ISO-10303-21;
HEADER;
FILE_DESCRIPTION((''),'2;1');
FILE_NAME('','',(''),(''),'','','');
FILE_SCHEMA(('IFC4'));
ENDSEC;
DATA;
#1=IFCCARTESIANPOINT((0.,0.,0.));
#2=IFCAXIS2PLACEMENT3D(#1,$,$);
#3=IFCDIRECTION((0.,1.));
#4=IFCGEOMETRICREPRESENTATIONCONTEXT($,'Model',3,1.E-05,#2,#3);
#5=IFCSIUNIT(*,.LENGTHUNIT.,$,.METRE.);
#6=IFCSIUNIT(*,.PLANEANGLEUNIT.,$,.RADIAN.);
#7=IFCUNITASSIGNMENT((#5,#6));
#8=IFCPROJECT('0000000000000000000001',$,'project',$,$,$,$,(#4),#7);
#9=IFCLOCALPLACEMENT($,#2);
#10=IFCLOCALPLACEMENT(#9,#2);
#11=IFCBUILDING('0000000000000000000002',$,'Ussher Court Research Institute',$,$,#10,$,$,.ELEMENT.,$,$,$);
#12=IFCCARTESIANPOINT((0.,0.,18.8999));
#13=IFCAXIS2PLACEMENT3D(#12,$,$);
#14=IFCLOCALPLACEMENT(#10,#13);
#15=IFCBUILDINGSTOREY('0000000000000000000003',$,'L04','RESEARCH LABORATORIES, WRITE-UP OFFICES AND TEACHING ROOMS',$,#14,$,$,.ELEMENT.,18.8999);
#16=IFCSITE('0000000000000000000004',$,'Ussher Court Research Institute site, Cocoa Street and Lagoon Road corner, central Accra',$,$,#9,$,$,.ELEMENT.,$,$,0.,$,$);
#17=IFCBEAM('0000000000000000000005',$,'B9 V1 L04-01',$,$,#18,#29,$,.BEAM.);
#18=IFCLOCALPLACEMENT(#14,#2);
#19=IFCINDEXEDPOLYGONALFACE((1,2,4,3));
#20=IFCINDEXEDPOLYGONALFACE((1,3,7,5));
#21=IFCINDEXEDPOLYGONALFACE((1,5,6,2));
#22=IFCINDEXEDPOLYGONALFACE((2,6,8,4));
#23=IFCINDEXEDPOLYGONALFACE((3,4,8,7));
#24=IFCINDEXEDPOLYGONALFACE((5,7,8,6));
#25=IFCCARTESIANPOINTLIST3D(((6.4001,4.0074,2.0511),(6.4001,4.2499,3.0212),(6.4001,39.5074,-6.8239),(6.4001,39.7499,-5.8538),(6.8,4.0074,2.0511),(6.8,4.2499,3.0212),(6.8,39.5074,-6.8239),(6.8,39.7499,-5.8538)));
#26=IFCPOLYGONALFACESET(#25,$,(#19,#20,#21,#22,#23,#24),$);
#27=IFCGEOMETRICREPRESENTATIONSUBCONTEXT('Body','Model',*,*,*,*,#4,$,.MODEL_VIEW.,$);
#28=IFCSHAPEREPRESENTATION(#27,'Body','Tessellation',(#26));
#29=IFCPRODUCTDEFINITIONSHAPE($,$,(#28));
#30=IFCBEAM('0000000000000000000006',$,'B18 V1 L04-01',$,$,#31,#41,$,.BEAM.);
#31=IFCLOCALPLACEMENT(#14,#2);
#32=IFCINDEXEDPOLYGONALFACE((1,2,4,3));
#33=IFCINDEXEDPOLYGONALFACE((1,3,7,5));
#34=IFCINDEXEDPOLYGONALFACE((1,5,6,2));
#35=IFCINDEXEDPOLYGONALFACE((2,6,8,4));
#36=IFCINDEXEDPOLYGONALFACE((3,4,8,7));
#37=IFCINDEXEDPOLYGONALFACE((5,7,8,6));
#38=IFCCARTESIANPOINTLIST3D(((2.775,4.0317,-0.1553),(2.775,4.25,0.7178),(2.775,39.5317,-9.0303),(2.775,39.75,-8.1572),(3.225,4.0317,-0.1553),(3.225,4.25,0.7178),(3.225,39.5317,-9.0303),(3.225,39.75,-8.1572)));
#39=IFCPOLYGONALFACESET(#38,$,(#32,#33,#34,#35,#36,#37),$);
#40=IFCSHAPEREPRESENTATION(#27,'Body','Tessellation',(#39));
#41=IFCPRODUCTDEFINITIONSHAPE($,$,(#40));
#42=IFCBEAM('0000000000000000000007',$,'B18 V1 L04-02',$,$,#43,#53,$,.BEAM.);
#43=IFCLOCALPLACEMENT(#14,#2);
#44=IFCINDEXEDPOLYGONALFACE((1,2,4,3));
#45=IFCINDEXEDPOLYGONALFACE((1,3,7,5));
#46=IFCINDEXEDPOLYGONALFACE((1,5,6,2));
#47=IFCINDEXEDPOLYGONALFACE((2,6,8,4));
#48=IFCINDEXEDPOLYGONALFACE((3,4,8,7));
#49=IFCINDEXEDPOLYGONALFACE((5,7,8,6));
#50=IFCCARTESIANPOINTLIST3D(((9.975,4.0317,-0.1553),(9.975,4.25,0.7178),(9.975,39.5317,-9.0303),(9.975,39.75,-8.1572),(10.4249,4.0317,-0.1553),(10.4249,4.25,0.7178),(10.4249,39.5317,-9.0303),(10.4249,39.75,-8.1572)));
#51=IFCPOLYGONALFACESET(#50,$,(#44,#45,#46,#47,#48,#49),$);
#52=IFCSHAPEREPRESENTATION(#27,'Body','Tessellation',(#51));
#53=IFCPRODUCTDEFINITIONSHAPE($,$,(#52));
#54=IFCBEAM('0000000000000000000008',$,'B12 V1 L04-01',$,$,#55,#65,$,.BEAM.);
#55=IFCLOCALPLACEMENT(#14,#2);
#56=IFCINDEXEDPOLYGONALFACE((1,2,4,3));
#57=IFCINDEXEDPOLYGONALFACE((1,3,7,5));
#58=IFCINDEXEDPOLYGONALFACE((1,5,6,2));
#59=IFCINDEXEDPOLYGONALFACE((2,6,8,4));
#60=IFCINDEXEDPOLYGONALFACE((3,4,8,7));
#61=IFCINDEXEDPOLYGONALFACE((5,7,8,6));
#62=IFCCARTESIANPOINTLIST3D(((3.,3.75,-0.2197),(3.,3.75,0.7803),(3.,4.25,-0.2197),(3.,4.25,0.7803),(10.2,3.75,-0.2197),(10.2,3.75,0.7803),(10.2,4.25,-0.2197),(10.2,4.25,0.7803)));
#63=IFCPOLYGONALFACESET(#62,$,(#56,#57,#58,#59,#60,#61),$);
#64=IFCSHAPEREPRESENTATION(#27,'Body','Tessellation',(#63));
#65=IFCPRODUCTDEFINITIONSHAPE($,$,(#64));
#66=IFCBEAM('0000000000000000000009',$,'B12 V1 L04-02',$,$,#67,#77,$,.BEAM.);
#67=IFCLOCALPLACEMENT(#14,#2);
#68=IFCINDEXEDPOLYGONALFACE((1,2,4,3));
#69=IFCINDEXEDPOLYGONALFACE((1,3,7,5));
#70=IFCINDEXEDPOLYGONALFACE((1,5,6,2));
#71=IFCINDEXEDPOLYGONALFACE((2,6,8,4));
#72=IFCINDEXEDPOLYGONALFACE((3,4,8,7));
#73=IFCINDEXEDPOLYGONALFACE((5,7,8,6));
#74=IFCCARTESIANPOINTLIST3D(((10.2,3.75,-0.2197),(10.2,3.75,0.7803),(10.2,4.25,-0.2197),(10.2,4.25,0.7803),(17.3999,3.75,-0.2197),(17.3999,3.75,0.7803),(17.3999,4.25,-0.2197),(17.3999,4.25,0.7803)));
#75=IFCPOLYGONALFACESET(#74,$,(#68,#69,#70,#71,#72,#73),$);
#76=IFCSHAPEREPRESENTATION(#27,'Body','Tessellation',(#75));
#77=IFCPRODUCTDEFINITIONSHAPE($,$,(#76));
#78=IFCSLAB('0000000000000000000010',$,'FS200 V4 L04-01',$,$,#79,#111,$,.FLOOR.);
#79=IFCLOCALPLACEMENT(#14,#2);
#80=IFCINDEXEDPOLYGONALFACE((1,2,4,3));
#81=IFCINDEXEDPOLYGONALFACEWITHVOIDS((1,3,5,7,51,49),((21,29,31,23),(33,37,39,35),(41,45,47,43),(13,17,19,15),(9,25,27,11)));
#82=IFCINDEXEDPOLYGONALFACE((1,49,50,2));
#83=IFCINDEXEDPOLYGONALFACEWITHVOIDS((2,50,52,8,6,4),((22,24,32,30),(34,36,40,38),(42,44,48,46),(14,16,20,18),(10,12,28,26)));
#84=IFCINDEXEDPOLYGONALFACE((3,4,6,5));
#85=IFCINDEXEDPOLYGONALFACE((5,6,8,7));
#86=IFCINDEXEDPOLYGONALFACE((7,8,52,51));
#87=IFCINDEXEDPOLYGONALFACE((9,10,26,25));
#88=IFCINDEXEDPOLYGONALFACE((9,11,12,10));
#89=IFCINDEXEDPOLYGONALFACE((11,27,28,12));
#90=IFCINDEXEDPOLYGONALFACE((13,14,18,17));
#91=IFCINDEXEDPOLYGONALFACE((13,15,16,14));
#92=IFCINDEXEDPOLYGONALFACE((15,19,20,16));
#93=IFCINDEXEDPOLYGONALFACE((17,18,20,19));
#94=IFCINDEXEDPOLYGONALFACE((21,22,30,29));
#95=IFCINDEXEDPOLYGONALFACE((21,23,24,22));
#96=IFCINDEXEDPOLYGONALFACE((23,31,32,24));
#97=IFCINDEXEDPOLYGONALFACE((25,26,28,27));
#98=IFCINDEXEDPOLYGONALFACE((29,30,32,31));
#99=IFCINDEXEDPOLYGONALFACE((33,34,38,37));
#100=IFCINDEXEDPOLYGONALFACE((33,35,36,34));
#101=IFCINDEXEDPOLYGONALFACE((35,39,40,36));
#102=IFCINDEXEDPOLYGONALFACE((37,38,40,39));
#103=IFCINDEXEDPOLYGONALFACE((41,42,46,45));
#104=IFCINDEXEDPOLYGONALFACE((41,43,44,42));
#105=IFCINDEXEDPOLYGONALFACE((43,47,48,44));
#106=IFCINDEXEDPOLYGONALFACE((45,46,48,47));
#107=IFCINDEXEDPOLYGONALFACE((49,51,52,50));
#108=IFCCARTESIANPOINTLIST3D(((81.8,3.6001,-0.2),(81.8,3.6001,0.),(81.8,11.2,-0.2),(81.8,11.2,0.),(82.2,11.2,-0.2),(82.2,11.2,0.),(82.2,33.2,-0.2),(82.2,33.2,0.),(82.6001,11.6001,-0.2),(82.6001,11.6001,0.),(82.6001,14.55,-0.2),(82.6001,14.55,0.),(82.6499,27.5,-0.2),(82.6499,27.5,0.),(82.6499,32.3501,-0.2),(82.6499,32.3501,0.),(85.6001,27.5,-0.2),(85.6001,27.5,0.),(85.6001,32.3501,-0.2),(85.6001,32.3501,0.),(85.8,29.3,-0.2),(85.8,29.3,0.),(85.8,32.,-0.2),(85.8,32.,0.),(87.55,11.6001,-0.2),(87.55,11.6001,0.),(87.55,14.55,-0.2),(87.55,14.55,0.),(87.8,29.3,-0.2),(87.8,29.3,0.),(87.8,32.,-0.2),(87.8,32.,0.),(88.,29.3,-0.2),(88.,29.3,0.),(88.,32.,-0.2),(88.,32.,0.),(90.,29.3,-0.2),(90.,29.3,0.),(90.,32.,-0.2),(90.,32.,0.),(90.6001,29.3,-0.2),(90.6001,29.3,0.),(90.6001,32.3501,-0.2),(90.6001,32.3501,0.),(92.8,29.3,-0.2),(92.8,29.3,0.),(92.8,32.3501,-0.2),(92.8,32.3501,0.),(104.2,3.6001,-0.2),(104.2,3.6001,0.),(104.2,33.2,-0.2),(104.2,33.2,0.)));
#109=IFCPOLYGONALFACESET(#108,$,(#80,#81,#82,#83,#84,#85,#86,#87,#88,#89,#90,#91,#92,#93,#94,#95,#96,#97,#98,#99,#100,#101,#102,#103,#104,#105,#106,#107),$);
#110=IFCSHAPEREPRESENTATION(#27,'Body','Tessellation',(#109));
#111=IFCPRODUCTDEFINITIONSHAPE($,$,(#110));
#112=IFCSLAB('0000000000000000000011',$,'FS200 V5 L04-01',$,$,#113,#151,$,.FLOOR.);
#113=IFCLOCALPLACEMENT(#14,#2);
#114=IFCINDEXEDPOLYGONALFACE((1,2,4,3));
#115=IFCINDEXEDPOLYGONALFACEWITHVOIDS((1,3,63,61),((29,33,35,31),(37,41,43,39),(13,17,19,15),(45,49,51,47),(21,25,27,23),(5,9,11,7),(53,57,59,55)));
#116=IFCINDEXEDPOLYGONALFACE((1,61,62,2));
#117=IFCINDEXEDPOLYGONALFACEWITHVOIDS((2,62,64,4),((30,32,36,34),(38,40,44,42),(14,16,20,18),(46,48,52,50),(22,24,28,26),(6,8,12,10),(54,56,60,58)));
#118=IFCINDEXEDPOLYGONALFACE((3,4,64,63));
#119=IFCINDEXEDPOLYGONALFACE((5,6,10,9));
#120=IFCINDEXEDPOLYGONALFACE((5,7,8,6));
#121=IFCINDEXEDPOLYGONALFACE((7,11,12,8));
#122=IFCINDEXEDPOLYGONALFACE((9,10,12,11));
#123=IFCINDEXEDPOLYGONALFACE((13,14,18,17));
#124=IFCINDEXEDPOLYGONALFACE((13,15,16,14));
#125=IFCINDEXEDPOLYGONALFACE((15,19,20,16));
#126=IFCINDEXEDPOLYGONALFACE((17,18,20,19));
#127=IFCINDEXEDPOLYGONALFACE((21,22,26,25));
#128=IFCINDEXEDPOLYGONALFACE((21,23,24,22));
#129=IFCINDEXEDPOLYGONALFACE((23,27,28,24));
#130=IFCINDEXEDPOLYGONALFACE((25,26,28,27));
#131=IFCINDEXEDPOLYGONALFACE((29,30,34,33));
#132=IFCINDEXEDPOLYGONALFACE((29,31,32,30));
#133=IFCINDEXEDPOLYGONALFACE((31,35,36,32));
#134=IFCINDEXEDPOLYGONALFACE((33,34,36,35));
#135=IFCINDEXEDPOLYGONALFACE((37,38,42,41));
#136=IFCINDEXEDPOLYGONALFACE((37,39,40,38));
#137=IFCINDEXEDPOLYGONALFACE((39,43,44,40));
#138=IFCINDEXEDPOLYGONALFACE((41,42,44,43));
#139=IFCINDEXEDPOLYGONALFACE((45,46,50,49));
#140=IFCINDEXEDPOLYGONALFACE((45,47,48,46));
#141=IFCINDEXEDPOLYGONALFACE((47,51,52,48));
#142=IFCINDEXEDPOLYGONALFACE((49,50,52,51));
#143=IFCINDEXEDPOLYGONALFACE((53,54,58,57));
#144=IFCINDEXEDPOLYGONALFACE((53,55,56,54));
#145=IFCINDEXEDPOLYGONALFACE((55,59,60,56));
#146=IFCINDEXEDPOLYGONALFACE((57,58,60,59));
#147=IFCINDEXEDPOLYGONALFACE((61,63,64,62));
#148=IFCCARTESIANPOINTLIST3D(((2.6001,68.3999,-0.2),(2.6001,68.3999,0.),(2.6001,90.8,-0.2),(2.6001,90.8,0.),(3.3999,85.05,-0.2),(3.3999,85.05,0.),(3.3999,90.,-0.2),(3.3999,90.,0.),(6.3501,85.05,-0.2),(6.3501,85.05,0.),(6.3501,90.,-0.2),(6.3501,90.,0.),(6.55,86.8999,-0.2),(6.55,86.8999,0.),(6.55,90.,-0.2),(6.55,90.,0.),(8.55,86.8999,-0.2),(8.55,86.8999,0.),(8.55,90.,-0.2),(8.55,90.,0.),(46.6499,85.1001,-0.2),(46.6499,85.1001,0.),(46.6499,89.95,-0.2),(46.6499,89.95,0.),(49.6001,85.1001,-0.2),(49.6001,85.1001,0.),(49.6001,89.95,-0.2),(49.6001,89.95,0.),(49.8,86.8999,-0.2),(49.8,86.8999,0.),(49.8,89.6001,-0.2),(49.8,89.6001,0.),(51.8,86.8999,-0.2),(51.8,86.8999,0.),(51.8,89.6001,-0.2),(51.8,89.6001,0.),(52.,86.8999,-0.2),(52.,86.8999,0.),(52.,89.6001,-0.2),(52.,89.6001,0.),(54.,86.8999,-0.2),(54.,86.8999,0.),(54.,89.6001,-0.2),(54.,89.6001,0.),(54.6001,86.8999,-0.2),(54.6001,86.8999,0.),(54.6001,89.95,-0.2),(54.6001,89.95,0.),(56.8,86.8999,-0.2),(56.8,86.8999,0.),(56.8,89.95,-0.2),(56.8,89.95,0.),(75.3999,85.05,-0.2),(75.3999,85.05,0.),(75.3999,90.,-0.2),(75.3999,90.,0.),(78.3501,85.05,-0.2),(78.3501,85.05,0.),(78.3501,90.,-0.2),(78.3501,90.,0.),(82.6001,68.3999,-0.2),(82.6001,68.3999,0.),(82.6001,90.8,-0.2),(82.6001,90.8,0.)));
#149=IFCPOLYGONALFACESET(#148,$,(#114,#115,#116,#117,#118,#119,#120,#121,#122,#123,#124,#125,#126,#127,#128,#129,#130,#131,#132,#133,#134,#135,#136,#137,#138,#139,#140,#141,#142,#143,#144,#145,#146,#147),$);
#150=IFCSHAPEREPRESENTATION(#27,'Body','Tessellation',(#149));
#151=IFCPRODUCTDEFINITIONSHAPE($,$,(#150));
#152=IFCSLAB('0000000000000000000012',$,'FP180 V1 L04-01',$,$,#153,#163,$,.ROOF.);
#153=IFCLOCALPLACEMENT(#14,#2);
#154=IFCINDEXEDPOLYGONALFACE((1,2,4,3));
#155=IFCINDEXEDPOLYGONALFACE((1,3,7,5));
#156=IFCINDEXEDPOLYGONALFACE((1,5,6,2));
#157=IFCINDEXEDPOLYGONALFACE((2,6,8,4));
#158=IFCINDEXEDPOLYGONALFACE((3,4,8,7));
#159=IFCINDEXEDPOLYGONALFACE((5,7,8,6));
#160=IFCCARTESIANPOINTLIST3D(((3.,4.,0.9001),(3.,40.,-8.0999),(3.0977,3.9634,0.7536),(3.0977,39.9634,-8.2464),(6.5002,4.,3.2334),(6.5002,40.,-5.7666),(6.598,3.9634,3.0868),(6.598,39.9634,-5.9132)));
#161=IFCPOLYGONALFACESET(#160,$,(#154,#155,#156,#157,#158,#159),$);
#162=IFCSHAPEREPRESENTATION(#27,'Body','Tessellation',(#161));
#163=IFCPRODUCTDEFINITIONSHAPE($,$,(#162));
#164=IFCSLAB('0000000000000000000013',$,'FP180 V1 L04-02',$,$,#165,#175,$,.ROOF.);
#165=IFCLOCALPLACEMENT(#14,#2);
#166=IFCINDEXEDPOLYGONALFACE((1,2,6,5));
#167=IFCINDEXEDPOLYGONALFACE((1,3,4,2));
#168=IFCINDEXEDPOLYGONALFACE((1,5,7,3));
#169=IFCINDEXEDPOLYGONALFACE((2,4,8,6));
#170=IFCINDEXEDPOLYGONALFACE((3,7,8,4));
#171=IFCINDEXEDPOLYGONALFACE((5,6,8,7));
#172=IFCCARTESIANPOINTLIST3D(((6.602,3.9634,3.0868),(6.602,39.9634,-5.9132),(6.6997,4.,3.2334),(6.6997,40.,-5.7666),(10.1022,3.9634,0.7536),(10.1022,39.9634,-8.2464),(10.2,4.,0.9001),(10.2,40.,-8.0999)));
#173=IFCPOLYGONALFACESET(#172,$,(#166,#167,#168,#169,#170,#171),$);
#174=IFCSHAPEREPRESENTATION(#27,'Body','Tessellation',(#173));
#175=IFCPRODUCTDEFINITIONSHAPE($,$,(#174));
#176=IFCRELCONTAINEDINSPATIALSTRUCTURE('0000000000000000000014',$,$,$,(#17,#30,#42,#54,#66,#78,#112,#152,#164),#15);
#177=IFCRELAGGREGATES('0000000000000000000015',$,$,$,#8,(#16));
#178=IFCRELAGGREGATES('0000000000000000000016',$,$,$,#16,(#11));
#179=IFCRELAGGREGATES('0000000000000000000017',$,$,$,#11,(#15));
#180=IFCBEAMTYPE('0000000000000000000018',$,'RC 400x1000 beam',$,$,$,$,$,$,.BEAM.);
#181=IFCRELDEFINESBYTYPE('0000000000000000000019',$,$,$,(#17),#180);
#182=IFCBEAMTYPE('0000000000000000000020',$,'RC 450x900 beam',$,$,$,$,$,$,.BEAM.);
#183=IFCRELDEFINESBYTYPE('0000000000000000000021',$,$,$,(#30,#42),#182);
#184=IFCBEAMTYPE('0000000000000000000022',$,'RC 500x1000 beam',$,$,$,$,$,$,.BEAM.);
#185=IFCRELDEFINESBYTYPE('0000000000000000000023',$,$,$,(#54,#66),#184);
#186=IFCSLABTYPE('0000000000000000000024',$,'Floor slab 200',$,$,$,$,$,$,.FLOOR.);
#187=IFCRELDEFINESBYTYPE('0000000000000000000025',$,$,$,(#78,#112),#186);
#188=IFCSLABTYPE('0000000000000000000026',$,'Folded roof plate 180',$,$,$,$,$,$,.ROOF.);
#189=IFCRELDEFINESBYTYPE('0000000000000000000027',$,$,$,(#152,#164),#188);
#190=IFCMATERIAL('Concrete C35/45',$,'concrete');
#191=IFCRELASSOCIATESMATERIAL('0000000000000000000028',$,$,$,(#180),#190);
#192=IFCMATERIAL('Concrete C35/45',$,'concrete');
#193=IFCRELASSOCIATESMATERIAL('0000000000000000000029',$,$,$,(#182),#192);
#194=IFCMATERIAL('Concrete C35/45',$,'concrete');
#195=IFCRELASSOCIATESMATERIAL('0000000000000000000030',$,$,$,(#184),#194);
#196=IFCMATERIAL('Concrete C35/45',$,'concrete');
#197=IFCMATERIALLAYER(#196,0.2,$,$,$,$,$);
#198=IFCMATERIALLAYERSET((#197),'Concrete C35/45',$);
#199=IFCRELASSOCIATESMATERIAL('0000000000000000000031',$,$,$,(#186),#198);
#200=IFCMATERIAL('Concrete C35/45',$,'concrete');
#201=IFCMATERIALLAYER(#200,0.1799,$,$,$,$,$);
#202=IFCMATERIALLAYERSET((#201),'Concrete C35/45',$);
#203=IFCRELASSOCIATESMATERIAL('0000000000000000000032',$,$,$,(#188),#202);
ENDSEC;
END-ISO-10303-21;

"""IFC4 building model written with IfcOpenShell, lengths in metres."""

from ifc_helpers import new_model, si_unit, direction, frame, origin, origin_2d, place, context, subcontext, project, spatial, polyline, rectangle, outline, extrude, material, layer, layer_set, material_profile, profile_set, type_object, element, save


model = new_model("IFC4")

# Units and contexts
model_context = context("Model", 3, precision=1e-05, world=origin(), true_north=direction((0.0, 1.0)))
body_context = subcontext(model_context, "Body", "Model", "MODEL_VIEW")
ifc_project = project(units=[si_unit("LENGTHUNIT", "METRE"), si_unit("PLANEANGLEUNIT", "RADIAN")], contexts=[model_context])

# Site, building, storey
site_placement = place(None, origin())
site = spatial("IfcSite", under=ifc_project, at=site_placement, Name="Ussher Court Research Institute site, Cocoa Street and Lagoon Road corner, central Accra", CompositionType="ELEMENT", RefElevation=0.0)
building_placement = place(site_placement, origin())
building = spatial("IfcBuilding", under=site, at=building_placement, Name="Ussher Court Research Institute", CompositionType="ELEMENT")
storey_placement = place(building_placement, frame((0.0, 0.0, 18.8999)))
storey = spatial("IfcBuildingStorey", under=building, at=storey_placement, Name="L04", Description="RESEARCH LABORATORIES, WRITE-UP OFFICES AND TEACHING ROOMS", CompositionType="ELEMENT", Elevation=18.8999)

# Beams
ifc_material_1 = material(Name="Concrete C35/45", Category="concrete")
ifc_material_profile_1 = material_profile(ifc_material_1, rectangle(XDim=0.3999, YDim=1.0, at=origin_2d()), Name="RC 400x1000")
ifc_profile_set_1 = profile_set([ifc_material_profile_1], Name="Concrete C35/45")
beam_type_1 = type_object("IfcBeamType", Name="RC 400x1000 beam", PredefinedType="BEAM", material=ifc_profile_set_1)
beam_placement = place(storey_placement, frame((6.6001, 4.1287, 2.5361), z_axis=(0.0, 0.970143, -0.242536), x_axis=(-1.0, 0.0, 0.0)))
element("IfcBeam", 1, at=beam_placement, inside=storey, type_object=beam_type_1, Name="B9 V1 L04-01", PredefinedType="BEAM", context=body_context, shape_type="SweptSolid", body=[
    extrude(rectangle(XDim=0.3999, YDim=1.0, at=origin_2d()), origin(), (0.0, 0.0, 1.0), 36.5925),
])
ifc_material_2 = material(Name="Concrete C35/45", Category="concrete")
ifc_material_profile_2 = material_profile(ifc_material_2, rectangle(XDim=0.45, YDim=0.8999, at=origin_2d()), Name="RC 450x900")
ifc_profile_set_2 = profile_set([ifc_material_profile_2], Name="Concrete C35/45")
beam_type_2 = type_object("IfcBeamType", Name="RC 450x900 beam", PredefinedType="BEAM", material=ifc_profile_set_2)
for number, where, z_axis, x_axis, name in (
    (2, (3.0, 4.1409, 0.2812), (0.0, 0.970143, -0.242536), (-1.0, 0.0, 0.0), "B18 V1 L04-01"),
    (3, (10.2, 4.1409, 0.2812), (0.0, 0.970143, -0.242536), (-1.0, 0.0, 0.0), "B18 V1 L04-02"),
):
    element("IfcBeam", number, at=place(storey_placement, frame(where, z_axis=z_axis, x_axis=x_axis)), inside=storey, type_object=beam_type_2, Name=name, PredefinedType="BEAM", context=body_context, shape_type="SweptSolid", body=[
        extrude(rectangle(XDim=0.45, YDim=0.8999, at=origin_2d()), origin(), (0.0, 0.0, 1.0), 36.5925),
    ])
ifc_material_3 = material(Name="Concrete C35/45", Category="concrete")
ifc_material_profile_3 = material_profile(ifc_material_3, rectangle(XDim=0.5, YDim=1.0, at=origin_2d()), Name="RC 500x1000")
ifc_profile_set_3 = profile_set([ifc_material_profile_3], Name="Concrete C35/45")
beam_type_3 = type_object("IfcBeamType", Name="RC 500x1000 beam", PredefinedType="BEAM", material=ifc_profile_set_3)
for number, where, z_axis, x_axis, name in (
    (4, (3.0, 4.0, 0.2803), (1.0, 0.0, 0.0), (0.0, 1.0, 0.0), "B12 V1 L04-01"),
    (5, (10.2, 4.0, 0.2803), (1.0, 0.0, 0.0), (0.0, 1.0, 0.0), "B12 V1 L04-02"),
):
    element("IfcBeam", number, at=place(storey_placement, frame(where, z_axis=z_axis, x_axis=x_axis)), inside=storey, type_object=beam_type_3, Name=name, PredefinedType="BEAM", context=body_context, shape_type="SweptSolid", body=[
        extrude(rectangle(XDim=0.5, YDim=1.0, at=origin_2d()), origin(), (0.0, 0.0, 1.0), 7.2),
    ])

# Slabs
ifc_material_4 = material(Name="Concrete C35/45", Category="concrete")
ifc_layer_1 = layer(ifc_material_4, 0.2)
ifc_layer_set_1 = layer_set([ifc_layer_1], Name="Concrete C35/45")
slab_type_1 = type_object("IfcSlabType", Name="Floor slab 200", PredefinedType="FLOOR", material=ifc_layer_set_1)
slab_1_placement = place(storey_placement, frame((0.0, 0.0, -0.2)))
element("IfcSlab", 6, at=slab_1_placement, inside=storey, type_object=slab_type_1, Name="FS200 V4 L04-01", PredefinedType="FLOOR", context=body_context, shape_type="SweptSolid", body=[
    extrude(outline(polyline([(81.8, 11.2), (81.8, 3.6001), (104.2, 3.6001), (104.2, 33.2), (82.2, 33.2), (82.2, 11.2), (81.8, 11.2)]), holes=[polyline([(87.55, 14.55), (87.55, 11.6001), (82.6001, 11.6001), (82.6001, 14.55), (87.55, 14.55)]), polyline([(82.6499, 27.5), (82.6499, 32.3501), (85.6001, 32.3501), (85.6001, 27.5), (82.6499, 27.5)]), polyline([(87.8, 29.3), (85.8, 29.3), (85.8, 32.0), (87.8, 32.0), (87.8, 29.3)]), polyline([(90.0, 32.0), (90.0, 29.3), (88.0, 29.3), (88.0, 32.0), (90.0, 32.0)]), polyline([(92.8, 29.3), (90.6001, 29.3), (90.6001, 32.3501), (92.8, 32.3501), (92.8, 29.3)])]), origin(), (0.0, 0.0, 1.0), 0.2),
])
slab_2_placement = place(storey_placement, frame((0.0, 0.0, -0.2)))
element("IfcSlab", 7, at=slab_2_placement, inside=storey, type_object=slab_type_1, Name="FS200 V5 L04-01", PredefinedType="FLOOR", context=body_context, shape_type="SweptSolid", body=[
    extrude(outline(polyline([(82.6001, 90.8), (2.6001, 90.8), (2.6001, 68.3999), (82.6001, 68.3999), (82.6001, 90.8)]), holes=[polyline([(6.3501, 85.05), (3.3999, 85.05), (3.3999, 90.0), (6.3501, 90.0), (6.3501, 85.05)]), polyline([(46.6499, 85.1001), (46.6499, 89.95), (49.6001, 89.95), (49.6001, 85.1001), (46.6499, 85.1001)]), polyline([(51.8, 86.8999), (49.8, 86.8999), (49.8, 89.6001), (51.8, 89.6001), (51.8, 86.8999)]), polyline([(54.0, 89.6001), (54.0, 86.8999), (52.0, 86.8999), (52.0, 89.6001), (54.0, 89.6001)]), polyline([(56.8, 86.8999), (54.6001, 86.8999), (54.6001, 89.95), (56.8, 89.95), (56.8, 86.8999)]), polyline([(8.55, 86.8999), (6.55, 86.8999), (6.55, 90.0), (8.55, 90.0), (8.55, 86.8999)]), polyline([(75.3999, 85.05), (75.3999, 90.0), (78.3501, 90.0), (78.3501, 85.05), (75.3999, 85.05)])]), origin(), (0.0, 0.0, 1.0), 0.2),
])
ifc_material_5 = material(Name="Concrete C35/45", Category="concrete")
ifc_layer_2 = layer(ifc_material_5, 0.1799)
ifc_layer_set_2 = layer_set([ifc_layer_2], Name="Concrete C35/45")
slab_type_2 = type_object("IfcSlabType", Name="Folded roof plate 180", PredefinedType="ROOF", material=ifc_layer_set_2)
slab_3_placement = place(storey_placement, frame((3.0, 4.0, 0.9001), z_axis=(-0.543035, 0.20366, 0.814638), x_axis=(0.0, 0.970143, -0.242536)))
element("IfcSlab", 8, at=slab_3_placement, inside=storey, type_object=slab_type_2, Name="FP180 V1 L04-01", PredefinedType="ROOF", context=body_context, shape_type="SweptSolid", body=[
    extrude(outline(polyline([(0.0, 0.0), (37.108, 0.0), (36.5421, -4.1684), (-0.5659, -4.1684), (0.0, 0.0)])), origin(), (0.0, 0.0, -1.0), 0.1799),
])
slab_4_placement = place(storey_placement, frame((10.2, 4.0, 0.9001), z_axis=(0.543035, 0.20366, 0.814638), x_axis=(0.0, 0.970143, -0.242536)))
element("IfcSlab", 9, at=slab_4_placement, inside=storey, type_object=slab_type_2, Name="FP180 V1 L04-02", PredefinedType="ROOF", context=body_context, shape_type="SweptSolid", body=[
    extrude(outline(polyline([(0.0, 0.0), (37.108, 0.0), (36.5421, 4.1684), (-0.5659, 4.1684), (0.0, 0.0)])), origin(), (0.0, 0.0, -1.0), 0.1799),
])

save(model, "model.ifc")
